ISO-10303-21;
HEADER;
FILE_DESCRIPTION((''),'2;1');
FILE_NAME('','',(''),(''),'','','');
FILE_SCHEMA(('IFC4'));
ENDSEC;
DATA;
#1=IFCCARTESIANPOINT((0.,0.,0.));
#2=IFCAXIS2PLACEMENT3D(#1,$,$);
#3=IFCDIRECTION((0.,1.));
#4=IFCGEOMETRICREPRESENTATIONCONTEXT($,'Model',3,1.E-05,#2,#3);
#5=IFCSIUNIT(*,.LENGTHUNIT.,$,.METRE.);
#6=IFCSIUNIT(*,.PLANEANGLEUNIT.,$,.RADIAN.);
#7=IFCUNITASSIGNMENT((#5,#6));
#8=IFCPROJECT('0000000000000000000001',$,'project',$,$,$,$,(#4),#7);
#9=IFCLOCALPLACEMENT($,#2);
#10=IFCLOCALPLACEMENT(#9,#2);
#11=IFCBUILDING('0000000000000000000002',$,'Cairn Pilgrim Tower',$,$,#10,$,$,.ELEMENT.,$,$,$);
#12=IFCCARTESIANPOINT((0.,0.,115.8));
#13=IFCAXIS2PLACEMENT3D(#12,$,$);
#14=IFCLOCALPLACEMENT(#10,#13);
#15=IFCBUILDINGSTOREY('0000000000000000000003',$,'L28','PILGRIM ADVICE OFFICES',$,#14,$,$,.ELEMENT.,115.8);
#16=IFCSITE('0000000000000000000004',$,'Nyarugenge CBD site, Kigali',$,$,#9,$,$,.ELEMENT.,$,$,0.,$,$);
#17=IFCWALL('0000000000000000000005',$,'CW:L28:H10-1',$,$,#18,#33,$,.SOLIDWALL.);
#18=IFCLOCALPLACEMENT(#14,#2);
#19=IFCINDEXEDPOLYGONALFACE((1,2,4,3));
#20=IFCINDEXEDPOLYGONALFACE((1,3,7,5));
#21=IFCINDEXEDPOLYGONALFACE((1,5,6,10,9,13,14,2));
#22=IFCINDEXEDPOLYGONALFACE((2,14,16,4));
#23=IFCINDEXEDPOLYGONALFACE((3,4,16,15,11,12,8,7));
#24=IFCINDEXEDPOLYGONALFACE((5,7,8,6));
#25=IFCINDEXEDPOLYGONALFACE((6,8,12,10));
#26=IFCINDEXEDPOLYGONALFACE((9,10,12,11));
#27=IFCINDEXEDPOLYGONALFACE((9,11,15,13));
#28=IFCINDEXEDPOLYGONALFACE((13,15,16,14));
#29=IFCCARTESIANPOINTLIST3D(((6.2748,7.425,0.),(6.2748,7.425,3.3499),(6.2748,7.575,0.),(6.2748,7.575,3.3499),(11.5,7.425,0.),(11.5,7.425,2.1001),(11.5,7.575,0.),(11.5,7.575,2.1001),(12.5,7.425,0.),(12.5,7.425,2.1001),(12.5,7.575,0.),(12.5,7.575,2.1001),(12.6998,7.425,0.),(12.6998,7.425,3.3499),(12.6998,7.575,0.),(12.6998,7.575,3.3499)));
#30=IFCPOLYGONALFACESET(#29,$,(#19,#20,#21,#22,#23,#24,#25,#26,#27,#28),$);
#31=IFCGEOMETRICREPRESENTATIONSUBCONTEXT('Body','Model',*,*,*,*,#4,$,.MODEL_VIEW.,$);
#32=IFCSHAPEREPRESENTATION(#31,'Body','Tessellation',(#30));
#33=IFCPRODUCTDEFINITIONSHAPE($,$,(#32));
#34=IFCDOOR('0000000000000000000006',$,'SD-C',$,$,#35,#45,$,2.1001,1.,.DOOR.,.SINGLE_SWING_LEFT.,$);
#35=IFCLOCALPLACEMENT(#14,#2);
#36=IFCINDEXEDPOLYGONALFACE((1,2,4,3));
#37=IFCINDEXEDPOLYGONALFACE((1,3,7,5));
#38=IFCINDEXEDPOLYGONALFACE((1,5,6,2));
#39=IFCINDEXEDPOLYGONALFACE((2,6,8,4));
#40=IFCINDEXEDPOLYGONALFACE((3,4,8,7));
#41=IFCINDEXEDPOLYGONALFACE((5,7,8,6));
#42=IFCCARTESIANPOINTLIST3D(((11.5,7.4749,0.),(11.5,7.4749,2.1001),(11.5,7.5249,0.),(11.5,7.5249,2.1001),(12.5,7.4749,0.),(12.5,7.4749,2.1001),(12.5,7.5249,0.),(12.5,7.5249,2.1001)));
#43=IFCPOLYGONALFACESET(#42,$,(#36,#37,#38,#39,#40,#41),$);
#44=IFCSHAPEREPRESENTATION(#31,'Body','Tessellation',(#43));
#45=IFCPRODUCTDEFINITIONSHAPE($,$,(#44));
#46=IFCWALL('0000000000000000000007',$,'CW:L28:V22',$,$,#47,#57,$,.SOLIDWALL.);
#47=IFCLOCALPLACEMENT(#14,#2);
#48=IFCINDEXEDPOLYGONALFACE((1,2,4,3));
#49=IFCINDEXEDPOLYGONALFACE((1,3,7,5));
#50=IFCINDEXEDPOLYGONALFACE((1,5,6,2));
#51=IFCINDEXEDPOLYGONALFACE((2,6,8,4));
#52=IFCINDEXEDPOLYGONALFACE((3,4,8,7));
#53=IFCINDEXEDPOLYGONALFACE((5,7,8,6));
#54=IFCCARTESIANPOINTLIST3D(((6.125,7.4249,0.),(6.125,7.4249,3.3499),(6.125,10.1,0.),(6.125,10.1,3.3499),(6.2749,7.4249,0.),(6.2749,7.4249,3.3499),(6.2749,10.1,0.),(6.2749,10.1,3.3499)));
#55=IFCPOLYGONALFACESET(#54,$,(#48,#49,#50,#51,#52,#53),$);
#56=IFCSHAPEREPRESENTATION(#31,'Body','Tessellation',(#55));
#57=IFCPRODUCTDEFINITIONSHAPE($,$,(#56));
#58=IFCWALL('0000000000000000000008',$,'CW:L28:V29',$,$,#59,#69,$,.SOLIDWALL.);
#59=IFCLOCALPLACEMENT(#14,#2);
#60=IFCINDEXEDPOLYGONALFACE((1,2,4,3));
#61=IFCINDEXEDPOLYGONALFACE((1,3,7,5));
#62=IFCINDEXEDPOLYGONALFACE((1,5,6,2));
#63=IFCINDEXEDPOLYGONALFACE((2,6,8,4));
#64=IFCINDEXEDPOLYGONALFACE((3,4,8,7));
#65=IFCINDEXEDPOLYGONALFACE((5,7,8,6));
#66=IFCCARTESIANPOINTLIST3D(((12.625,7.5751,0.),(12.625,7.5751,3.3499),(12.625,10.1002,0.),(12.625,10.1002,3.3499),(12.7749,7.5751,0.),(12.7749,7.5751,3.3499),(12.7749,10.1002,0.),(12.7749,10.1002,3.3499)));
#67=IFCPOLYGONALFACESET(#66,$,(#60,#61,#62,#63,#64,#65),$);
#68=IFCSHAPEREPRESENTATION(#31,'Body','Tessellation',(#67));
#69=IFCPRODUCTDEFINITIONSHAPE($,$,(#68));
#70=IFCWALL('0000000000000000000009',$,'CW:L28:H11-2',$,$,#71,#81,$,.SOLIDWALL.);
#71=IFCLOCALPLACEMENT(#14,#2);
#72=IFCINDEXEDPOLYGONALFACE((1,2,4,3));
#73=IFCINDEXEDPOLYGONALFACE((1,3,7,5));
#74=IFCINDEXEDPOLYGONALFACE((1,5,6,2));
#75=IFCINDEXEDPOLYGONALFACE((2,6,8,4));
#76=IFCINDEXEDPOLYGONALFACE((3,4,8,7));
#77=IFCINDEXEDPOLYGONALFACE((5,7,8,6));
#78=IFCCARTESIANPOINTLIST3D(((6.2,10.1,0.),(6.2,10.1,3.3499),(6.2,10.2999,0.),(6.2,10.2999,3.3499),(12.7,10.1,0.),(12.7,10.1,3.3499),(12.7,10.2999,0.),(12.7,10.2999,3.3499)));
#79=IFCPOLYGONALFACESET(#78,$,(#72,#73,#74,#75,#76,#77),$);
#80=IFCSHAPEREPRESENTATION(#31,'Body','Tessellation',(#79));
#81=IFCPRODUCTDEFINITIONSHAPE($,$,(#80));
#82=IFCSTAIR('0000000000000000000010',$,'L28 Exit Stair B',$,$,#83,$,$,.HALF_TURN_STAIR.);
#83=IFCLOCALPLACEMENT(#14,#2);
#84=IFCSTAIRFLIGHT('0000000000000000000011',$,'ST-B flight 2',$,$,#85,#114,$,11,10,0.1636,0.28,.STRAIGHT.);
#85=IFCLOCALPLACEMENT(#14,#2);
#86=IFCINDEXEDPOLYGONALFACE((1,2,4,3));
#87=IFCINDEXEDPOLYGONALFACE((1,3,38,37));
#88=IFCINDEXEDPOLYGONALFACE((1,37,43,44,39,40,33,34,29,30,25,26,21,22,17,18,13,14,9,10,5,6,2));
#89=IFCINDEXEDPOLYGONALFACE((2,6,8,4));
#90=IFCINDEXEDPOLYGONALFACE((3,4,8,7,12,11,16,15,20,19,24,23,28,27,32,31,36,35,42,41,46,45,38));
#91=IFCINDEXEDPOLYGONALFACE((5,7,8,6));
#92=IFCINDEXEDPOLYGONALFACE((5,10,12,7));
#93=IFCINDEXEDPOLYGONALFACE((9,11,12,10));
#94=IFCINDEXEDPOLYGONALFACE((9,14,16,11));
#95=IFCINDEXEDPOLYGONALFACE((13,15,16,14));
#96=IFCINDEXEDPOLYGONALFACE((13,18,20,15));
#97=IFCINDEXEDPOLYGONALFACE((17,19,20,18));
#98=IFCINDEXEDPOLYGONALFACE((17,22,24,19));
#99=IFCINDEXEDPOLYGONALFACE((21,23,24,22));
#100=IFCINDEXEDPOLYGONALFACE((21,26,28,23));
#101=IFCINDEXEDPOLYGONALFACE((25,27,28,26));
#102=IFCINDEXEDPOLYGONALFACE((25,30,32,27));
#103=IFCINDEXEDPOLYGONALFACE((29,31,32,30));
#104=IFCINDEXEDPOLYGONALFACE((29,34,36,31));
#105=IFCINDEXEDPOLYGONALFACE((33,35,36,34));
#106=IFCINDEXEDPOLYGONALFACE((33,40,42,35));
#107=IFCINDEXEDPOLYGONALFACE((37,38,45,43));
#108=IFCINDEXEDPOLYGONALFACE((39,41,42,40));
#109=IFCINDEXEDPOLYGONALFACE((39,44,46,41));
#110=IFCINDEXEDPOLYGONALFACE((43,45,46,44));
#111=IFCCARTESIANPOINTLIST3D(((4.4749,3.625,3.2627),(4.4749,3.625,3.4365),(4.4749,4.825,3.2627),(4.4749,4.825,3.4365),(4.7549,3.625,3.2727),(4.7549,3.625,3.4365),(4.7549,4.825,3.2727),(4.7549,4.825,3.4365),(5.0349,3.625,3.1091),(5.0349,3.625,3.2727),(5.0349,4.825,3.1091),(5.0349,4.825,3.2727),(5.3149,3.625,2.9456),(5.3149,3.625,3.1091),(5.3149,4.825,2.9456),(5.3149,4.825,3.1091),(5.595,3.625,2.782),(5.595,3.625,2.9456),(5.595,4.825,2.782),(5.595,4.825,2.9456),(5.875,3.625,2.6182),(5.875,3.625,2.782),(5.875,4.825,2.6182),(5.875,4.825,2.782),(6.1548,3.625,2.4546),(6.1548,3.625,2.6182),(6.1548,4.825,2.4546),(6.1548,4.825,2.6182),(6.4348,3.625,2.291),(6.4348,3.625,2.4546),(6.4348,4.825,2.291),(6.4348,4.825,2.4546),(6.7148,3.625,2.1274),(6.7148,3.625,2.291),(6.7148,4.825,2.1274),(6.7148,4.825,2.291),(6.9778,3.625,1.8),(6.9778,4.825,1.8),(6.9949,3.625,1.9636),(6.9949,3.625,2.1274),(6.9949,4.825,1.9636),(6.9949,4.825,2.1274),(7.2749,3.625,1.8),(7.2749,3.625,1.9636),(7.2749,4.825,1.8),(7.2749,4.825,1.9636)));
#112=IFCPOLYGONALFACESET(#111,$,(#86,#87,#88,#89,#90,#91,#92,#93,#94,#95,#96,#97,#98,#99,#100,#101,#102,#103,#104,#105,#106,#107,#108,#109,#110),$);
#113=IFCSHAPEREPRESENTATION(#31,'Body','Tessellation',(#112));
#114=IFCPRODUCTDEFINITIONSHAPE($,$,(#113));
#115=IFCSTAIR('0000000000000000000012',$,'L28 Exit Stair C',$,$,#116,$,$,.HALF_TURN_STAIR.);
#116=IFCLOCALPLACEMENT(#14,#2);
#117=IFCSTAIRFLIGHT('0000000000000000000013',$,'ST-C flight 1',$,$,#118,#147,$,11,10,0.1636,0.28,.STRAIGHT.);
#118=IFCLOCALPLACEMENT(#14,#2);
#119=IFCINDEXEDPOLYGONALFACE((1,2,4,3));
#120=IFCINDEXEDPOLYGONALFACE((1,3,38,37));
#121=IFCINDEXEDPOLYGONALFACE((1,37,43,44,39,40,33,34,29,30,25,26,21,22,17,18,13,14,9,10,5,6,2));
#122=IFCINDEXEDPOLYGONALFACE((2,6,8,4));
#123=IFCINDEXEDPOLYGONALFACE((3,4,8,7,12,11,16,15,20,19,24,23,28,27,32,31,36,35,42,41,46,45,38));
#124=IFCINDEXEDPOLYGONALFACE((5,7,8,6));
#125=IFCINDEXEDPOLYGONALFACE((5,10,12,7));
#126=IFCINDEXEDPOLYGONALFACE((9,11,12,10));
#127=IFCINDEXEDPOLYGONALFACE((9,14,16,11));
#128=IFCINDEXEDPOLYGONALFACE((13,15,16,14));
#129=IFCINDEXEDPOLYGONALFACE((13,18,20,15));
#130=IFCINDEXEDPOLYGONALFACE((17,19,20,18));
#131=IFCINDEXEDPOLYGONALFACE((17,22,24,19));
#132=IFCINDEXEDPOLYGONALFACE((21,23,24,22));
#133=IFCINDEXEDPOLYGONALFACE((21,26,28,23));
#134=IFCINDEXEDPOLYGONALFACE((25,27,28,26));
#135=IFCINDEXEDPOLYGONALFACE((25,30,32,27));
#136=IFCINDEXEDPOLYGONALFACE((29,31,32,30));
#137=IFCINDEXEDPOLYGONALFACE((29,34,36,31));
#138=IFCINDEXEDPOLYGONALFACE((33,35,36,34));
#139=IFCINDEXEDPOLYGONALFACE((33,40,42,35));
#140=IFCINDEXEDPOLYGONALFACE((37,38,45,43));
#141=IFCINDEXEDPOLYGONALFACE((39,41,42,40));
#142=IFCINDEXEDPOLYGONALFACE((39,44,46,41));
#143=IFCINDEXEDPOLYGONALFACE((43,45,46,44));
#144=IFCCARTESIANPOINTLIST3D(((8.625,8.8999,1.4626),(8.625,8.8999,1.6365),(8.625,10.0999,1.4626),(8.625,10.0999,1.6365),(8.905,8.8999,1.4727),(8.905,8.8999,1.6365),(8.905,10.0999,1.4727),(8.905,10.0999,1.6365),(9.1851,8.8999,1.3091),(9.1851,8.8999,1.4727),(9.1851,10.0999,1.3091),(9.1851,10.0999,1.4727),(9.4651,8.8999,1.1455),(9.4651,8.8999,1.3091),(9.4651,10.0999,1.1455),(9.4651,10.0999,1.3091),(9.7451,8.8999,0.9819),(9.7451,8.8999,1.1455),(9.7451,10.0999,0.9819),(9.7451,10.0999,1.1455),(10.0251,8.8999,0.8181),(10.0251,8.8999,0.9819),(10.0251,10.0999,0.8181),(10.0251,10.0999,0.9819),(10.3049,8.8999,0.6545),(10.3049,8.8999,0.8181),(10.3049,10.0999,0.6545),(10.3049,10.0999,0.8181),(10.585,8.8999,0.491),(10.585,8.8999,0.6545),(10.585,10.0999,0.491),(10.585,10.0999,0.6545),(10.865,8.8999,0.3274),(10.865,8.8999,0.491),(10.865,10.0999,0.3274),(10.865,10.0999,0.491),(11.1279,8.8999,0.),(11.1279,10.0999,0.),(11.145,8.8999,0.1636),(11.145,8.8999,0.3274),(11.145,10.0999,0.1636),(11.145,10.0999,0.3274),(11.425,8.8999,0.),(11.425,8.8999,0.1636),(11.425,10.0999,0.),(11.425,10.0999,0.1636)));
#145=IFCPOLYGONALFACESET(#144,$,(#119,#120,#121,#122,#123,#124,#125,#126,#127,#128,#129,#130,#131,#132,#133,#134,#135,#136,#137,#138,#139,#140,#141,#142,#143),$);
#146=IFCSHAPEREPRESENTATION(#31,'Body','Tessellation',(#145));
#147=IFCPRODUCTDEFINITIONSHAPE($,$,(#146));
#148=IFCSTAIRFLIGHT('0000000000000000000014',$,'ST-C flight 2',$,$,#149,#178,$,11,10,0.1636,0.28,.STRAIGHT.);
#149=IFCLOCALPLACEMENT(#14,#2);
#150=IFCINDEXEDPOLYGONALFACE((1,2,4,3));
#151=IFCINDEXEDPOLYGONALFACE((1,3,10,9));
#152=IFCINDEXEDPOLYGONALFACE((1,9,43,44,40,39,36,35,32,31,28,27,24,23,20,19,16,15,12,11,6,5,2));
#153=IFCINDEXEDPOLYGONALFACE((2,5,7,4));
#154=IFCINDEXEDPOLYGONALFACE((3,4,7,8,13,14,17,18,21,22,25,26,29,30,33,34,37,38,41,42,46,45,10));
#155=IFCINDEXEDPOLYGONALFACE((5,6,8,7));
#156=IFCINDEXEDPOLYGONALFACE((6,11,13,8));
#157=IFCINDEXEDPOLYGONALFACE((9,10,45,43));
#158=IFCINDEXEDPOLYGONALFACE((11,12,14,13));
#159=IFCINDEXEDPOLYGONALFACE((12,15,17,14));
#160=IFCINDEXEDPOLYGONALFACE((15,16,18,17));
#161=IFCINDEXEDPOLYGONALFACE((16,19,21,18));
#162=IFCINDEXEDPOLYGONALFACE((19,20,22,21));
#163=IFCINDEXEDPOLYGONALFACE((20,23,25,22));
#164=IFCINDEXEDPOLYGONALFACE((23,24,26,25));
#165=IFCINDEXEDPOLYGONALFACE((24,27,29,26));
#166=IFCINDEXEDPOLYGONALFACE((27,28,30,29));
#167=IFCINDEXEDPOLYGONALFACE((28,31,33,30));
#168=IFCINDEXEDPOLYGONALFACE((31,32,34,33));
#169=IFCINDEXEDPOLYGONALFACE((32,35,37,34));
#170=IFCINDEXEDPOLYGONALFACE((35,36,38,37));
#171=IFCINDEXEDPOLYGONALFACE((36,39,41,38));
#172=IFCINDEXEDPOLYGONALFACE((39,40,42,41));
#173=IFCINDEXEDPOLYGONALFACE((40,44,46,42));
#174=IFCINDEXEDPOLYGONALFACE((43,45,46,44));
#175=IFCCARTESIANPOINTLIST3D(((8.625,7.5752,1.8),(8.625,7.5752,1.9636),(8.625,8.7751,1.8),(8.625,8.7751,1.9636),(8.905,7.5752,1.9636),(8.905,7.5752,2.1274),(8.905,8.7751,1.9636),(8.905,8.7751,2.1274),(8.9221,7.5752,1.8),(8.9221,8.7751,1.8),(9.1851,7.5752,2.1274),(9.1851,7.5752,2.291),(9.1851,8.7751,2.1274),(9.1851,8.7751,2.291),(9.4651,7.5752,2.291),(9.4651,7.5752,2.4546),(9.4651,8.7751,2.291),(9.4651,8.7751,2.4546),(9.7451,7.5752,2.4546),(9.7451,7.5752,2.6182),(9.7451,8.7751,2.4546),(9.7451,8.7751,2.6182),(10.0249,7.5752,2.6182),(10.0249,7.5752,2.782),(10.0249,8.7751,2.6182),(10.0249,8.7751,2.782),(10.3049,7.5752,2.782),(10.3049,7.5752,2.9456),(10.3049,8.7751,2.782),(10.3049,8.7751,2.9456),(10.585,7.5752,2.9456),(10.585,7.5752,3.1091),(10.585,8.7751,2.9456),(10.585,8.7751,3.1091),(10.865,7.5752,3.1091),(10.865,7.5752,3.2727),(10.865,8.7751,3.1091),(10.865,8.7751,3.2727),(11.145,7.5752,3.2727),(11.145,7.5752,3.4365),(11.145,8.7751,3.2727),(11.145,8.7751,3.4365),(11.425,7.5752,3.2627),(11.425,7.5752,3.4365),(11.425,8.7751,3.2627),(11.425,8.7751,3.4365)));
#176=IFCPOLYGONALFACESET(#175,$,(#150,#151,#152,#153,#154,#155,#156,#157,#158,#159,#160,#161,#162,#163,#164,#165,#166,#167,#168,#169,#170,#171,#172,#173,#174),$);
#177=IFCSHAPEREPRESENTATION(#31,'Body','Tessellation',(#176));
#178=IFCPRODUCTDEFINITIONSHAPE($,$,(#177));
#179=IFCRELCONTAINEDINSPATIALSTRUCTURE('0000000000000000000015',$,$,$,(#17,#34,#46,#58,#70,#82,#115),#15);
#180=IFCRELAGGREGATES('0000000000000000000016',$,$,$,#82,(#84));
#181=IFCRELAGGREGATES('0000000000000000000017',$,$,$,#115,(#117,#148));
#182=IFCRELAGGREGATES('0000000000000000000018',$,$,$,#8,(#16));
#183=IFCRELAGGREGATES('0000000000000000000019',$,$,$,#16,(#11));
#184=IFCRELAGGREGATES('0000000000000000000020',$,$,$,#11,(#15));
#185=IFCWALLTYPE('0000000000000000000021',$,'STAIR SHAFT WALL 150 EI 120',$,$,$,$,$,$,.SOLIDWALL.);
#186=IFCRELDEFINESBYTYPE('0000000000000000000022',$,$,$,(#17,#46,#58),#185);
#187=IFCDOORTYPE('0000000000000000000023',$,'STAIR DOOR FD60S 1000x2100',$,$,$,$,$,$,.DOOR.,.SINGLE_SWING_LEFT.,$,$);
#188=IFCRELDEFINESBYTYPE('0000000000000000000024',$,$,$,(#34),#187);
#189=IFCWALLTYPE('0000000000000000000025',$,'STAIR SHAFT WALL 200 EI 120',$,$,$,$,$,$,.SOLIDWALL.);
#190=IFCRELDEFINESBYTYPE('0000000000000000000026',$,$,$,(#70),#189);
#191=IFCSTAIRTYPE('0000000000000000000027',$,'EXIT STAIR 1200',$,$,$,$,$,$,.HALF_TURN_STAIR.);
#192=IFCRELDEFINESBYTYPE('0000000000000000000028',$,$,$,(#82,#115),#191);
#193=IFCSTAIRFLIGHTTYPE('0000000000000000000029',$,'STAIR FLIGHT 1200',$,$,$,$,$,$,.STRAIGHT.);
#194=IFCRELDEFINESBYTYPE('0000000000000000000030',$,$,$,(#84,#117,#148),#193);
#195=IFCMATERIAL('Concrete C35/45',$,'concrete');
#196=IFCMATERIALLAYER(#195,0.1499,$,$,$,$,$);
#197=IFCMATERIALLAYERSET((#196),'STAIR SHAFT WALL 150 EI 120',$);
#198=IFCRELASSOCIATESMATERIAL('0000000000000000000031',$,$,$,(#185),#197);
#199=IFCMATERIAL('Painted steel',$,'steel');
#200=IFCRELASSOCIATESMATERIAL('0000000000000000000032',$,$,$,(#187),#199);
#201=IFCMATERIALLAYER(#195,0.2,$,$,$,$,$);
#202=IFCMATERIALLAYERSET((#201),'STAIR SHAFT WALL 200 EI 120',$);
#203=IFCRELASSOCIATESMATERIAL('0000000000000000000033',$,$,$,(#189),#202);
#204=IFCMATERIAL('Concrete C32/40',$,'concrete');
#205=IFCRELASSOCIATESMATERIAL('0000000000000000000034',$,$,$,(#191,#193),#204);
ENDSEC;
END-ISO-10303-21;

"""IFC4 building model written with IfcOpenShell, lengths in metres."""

from ifc_helpers import new_model, si_unit, direction, frame, frame_2d, origin, place, context, subcontext, project, spatial, polyline, rectangle, outline, extrude, material, layer, layer_set, type_object, element, fill, aggregate, save


model = new_model("IFC4")

# Units and contexts
model_context = context("Model", 3, precision=1e-05, world=origin(), true_north=direction((0.0, 1.0)))
body_context = subcontext(model_context, "Body", "Model", "MODEL_VIEW")
ifc_project = project(units=[si_unit("LENGTHUNIT", "METRE"), si_unit("PLANEANGLEUNIT", "RADIAN")], contexts=[model_context])

# Site, building, storey
site_placement = place(None, origin())
site = spatial("IfcSite", under=ifc_project, at=site_placement, Name="Nyarugenge CBD site, Kigali", CompositionType="ELEMENT", RefElevation=0.0)
building_placement = place(site_placement, origin())
building = spatial("IfcBuilding", under=site, at=building_placement, Name="Cairn Pilgrim Tower", CompositionType="ELEMENT")
storey_placement = place(building_placement, frame((0.0, 0.0, 115.8)))
storey = spatial("IfcBuildingStorey", under=building, at=storey_placement, Name="L28", Description="PILGRIM ADVICE OFFICES", CompositionType="ELEMENT", Elevation=115.8)

# Shared definitions
ifc_material_1 = material(Name="Concrete C32/40", Category="concrete")

# Shared definitions
ifc_material_2 = material(Name="Painted steel", Category="steel")

# Wall, opening, door
ifc_material_3 = material(Name="Concrete C35/45", Category="concrete")
ifc_layer_1 = layer(ifc_material_3, 0.1499)
ifc_layer_set_1 = layer_set([ifc_layer_1], Name="STAIR SHAFT WALL 150 EI 120")
wall_type_1 = type_object("IfcWallType", Name="STAIR SHAFT WALL 150 EI 120", PredefinedType="SOLIDWALL", material=ifc_layer_set_1)
wall_1_placement = place(storey_placement, frame((6.2749, 7.5, 0.0), z_axis=(0.0, 0.0, 1.0), x_axis=(1.0, 0.0, 0.0)))
wall_1 = element("IfcWall", 1, at=wall_1_placement, inside=storey, type_object=wall_type_1, Name="CW:L28:H10-1", PredefinedType="SOLIDWALL", context=body_context, shape_type="SweptSolid", body=[
    extrude(rectangle(XDim=6.425, YDim=0.1499, at=frame_2d((3.2124, 0.0))), origin(), (0.0, 0.0, 1.0), 3.3499),
])
opening_1_placement = place(wall_1_placement, frame((5.2251, 0.0, 0.0)))
opening_1 = element("IfcOpeningElement", 2, at=opening_1_placement, cuts=wall_1, PredefinedType="OPENING", context=body_context, shape_type="SweptSolid", body=[
    extrude(rectangle(XDim=1.0, YDim=2.1001, at=frame_2d((0.5, 1.05))), frame((0.0, 0.085, 0.0), z_axis=(0.0, -1.0, 0.0), x_axis=(1.0, 0.0, 0.0)), (0.0, 0.0, 1.0), 0.1699),
])
door_type_1 = type_object("IfcDoorType", Name="STAIR DOOR FD60S 1000x2100", OperationType="SINGLE_SWING_LEFT", PredefinedType="DOOR", material=ifc_material_2)
door_1_placement = place(opening_1_placement, origin())
door_1 = element("IfcDoor", 3, at=door_1_placement, inside=storey, type_object=door_type_1, Name="SD-C", OperationType="SINGLE_SWING_LEFT", OverallHeight=2.1001, OverallWidth=1.0, PredefinedType="DOOR", context=body_context, shape_type="SweptSolid", body=[
    extrude(rectangle(XDim=1.0, YDim=2.1001, at=frame_2d((0.5, 1.05))), frame((0.0, 0.0249, 0.0), z_axis=(0.0, -1.0, 0.0), x_axis=(1.0, 0.0, 0.0)), (0.0, 0.0, 1.0), 0.05),
])
fill(opening_1, door_1)

# Walls
wall_2_placement = place(storey_placement, frame((6.2, 7.425, 0.0), z_axis=(0.0, 0.0, 1.0), x_axis=(0.0, 1.0, 0.0)))
element("IfcWall", 4, at=wall_2_placement, inside=storey, type_object=wall_type_1, Name="CW:L28:V22", PredefinedType="SOLIDWALL", context=body_context, shape_type="SweptSolid", body=[
    extrude(rectangle(XDim=2.675, YDim=0.1499, at=frame_2d((1.3374, 0.0))), origin(), (0.0, 0.0, 1.0), 3.3499),
])
wall_3_placement = place(storey_placement, frame((12.7, 7.575, 0.0), z_axis=(0.0, 0.0, 1.0), x_axis=(0.0, 1.0, 0.0)))
element("IfcWall", 5, at=wall_3_placement, inside=storey, type_object=wall_type_1, Name="CW:L28:V29", PredefinedType="SOLIDWALL", context=body_context, shape_type="SweptSolid", body=[
    extrude(rectangle(XDim=2.5251, YDim=0.1499, at=frame_2d((1.2627, 0.0))), origin(), (0.0, 0.0, 1.0), 3.3499),
])
ifc_layer_2 = layer(ifc_material_3, 0.2)
ifc_layer_set_2 = layer_set([ifc_layer_2], Name="STAIR SHAFT WALL 200 EI 120")
wall_type_2 = type_object("IfcWallType", Name="STAIR SHAFT WALL 200 EI 120", PredefinedType="SOLIDWALL", material=ifc_layer_set_2)
wall_4_placement = place(storey_placement, frame((6.2, 10.2, 0.0), z_axis=(0.0, 0.0, 1.0), x_axis=(1.0, 0.0, 0.0)))
element("IfcWall", 6, at=wall_4_placement, inside=storey, type_object=wall_type_2, Name="CW:L28:H11-2", PredefinedType="SOLIDWALL", context=body_context, shape_type="SweptSolid", body=[
    extrude(rectangle(XDim=6.5, YDim=0.2, at=frame_2d((3.25, 0.0))), origin(), (0.0, 0.0, 1.0), 3.3499),
])

# Stair, stair flight
stair_type = type_object("IfcStairType", Name="EXIT STAIR 1200", PredefinedType="HALF_TURN_STAIR", material=ifc_material_1)
stair_1_placement = place(storey_placement, origin())
stair_1 = element("IfcStair", 7, at=stair_1_placement, inside=storey, type_object=stair_type, Name="L28 Exit Stair B", PredefinedType="HALF_TURN_STAIR")
stair_flight_type = type_object("IfcStairFlightType", Name="STAIR FLIGHT 1200", PredefinedType="STRAIGHT", material=ifc_material_1)
stair_flight_1_placement = place(storey_placement, frame((7.2749, 4.2251, 1.8), z_axis=(0.0, 0.0, 1.0), x_axis=(-1.0, 0.0, 0.0)))
stair_flight_1 = element("IfcStairFlight", 8, at=stair_flight_1_placement, type_object=stair_flight_type, Name="ST-B flight 2", NumberOfRisers=11, NumberOfTreads=10, PredefinedType="STRAIGHT", RiserHeight=0.1636, TreadLength=0.28, context=body_context, shape_type="SweptSolid", body=[
    extrude(outline(polyline([(0.0, 0.0), (0.0, 0.1636), (0.28, 0.1636), (0.28, 0.3274), (0.5601, 0.3274), (0.5601, 0.491), (0.8401, 0.491), (0.8401, 0.6545), (1.1201, 0.6545), (1.1201, 0.8181), (1.3999, 0.8181), (1.3999, 0.9819), (1.6799, 0.9819), (1.6799, 1.1455), (1.96, 1.1455), (1.96, 1.3091), (2.24, 1.3091), (2.24, 1.4727), (2.52, 1.4727), (2.52, 1.6365), (2.8, 1.6365), (2.8, 1.8), (2.8, 1.4626), (0.2971, 0.0), (0.0, 0.0)])), frame((0.0, 0.6001, 0.0), z_axis=(0.0, -1.0, 0.0), x_axis=(1.0, 0.0, 0.0)), (0.0, 0.0, 1.0), 1.2),
])
aggregate(stair_1, [stair_flight_1])

# Stair, stair flights
stair_2_placement = place(storey_placement, origin())
stair_2 = element("IfcStair", 9, at=stair_2_placement, inside=storey, type_object=stair_type, Name="L28 Exit Stair C", PredefinedType="HALF_TURN_STAIR")
stair_flight_2_placement = place(storey_placement, frame((11.425, 9.5, 0.0), z_axis=(0.0, 0.0, 1.0), x_axis=(-1.0, 0.0, 0.0)))
stair_flight_2 = element("IfcStairFlight", 10, at=stair_flight_2_placement, type_object=stair_flight_type, Name="ST-C flight 1", NumberOfRisers=11, NumberOfTreads=10, PredefinedType="STRAIGHT", RiserHeight=0.1636, TreadLength=0.28, context=body_context, shape_type="SweptSolid", body=[
    extrude(outline(polyline([(0.0, 0.0), (0.0, 0.1636), (0.28, 0.1636), (0.28, 0.3274), (0.5601, 0.3274), (0.5601, 0.491), (0.8401, 0.491), (0.8401, 0.6545), (1.1201, 0.6545), (1.1201, 0.8181), (1.3999, 0.8181), (1.3999, 0.9819), (1.6799, 0.9819), (1.6799, 1.1455), (1.96, 1.1455), (1.96, 1.3091), (2.24, 1.3091), (2.24, 1.4727), (2.52, 1.4727), (2.52, 1.6365), (2.8, 1.6365), (2.8, 1.8), (2.8, 1.4626), (0.2971, 0.0), (0.0, 0.0)])), frame((0.0, 0.6001, 0.0), z_axis=(0.0, -1.0, 0.0), x_axis=(1.0, 0.0, 0.0)), (0.0, 0.0, 1.0), 1.2),
])
stair_flight_3_placement = place(storey_placement, frame((8.625, 8.175, 1.8), z_axis=(0.0, 0.0, 1.0), x_axis=(1.0, 0.0, 0.0)))
stair_flight_3 = element("IfcStairFlight", 11, at=stair_flight_3_placement, type_object=stair_flight_type, Name="ST-C flight 2", NumberOfRisers=11, NumberOfTreads=10, PredefinedType="STRAIGHT", RiserHeight=0.1636, TreadLength=0.28, context=body_context, shape_type="SweptSolid", body=[
    extrude(outline(polyline([(0.0, 0.0), (0.0, 0.1636), (0.28, 0.1636), (0.28, 0.3274), (0.5601, 0.3274), (0.5601, 0.491), (0.8401, 0.491), (0.8401, 0.6545), (1.1201, 0.6545), (1.1201, 0.8181), (1.3999, 0.8181), (1.3999, 0.9819), (1.6799, 0.9819), (1.6799, 1.1455), (1.96, 1.1455), (1.96, 1.3091), (2.24, 1.3091), (2.24, 1.4727), (2.52, 1.4727), (2.52, 1.6365), (2.8, 1.6365), (2.8, 1.8), (2.8, 1.4626), (0.2971, 0.0), (0.0, 0.0)])), frame((0.0, 0.6001, 0.0), z_axis=(0.0, -1.0, 0.0), x_axis=(1.0, 0.0, 0.0)), (0.0, 0.0, 1.0), 1.2),
])
aggregate(stair_2, [stair_flight_2, stair_flight_3])

save(model, "model.ifc")
